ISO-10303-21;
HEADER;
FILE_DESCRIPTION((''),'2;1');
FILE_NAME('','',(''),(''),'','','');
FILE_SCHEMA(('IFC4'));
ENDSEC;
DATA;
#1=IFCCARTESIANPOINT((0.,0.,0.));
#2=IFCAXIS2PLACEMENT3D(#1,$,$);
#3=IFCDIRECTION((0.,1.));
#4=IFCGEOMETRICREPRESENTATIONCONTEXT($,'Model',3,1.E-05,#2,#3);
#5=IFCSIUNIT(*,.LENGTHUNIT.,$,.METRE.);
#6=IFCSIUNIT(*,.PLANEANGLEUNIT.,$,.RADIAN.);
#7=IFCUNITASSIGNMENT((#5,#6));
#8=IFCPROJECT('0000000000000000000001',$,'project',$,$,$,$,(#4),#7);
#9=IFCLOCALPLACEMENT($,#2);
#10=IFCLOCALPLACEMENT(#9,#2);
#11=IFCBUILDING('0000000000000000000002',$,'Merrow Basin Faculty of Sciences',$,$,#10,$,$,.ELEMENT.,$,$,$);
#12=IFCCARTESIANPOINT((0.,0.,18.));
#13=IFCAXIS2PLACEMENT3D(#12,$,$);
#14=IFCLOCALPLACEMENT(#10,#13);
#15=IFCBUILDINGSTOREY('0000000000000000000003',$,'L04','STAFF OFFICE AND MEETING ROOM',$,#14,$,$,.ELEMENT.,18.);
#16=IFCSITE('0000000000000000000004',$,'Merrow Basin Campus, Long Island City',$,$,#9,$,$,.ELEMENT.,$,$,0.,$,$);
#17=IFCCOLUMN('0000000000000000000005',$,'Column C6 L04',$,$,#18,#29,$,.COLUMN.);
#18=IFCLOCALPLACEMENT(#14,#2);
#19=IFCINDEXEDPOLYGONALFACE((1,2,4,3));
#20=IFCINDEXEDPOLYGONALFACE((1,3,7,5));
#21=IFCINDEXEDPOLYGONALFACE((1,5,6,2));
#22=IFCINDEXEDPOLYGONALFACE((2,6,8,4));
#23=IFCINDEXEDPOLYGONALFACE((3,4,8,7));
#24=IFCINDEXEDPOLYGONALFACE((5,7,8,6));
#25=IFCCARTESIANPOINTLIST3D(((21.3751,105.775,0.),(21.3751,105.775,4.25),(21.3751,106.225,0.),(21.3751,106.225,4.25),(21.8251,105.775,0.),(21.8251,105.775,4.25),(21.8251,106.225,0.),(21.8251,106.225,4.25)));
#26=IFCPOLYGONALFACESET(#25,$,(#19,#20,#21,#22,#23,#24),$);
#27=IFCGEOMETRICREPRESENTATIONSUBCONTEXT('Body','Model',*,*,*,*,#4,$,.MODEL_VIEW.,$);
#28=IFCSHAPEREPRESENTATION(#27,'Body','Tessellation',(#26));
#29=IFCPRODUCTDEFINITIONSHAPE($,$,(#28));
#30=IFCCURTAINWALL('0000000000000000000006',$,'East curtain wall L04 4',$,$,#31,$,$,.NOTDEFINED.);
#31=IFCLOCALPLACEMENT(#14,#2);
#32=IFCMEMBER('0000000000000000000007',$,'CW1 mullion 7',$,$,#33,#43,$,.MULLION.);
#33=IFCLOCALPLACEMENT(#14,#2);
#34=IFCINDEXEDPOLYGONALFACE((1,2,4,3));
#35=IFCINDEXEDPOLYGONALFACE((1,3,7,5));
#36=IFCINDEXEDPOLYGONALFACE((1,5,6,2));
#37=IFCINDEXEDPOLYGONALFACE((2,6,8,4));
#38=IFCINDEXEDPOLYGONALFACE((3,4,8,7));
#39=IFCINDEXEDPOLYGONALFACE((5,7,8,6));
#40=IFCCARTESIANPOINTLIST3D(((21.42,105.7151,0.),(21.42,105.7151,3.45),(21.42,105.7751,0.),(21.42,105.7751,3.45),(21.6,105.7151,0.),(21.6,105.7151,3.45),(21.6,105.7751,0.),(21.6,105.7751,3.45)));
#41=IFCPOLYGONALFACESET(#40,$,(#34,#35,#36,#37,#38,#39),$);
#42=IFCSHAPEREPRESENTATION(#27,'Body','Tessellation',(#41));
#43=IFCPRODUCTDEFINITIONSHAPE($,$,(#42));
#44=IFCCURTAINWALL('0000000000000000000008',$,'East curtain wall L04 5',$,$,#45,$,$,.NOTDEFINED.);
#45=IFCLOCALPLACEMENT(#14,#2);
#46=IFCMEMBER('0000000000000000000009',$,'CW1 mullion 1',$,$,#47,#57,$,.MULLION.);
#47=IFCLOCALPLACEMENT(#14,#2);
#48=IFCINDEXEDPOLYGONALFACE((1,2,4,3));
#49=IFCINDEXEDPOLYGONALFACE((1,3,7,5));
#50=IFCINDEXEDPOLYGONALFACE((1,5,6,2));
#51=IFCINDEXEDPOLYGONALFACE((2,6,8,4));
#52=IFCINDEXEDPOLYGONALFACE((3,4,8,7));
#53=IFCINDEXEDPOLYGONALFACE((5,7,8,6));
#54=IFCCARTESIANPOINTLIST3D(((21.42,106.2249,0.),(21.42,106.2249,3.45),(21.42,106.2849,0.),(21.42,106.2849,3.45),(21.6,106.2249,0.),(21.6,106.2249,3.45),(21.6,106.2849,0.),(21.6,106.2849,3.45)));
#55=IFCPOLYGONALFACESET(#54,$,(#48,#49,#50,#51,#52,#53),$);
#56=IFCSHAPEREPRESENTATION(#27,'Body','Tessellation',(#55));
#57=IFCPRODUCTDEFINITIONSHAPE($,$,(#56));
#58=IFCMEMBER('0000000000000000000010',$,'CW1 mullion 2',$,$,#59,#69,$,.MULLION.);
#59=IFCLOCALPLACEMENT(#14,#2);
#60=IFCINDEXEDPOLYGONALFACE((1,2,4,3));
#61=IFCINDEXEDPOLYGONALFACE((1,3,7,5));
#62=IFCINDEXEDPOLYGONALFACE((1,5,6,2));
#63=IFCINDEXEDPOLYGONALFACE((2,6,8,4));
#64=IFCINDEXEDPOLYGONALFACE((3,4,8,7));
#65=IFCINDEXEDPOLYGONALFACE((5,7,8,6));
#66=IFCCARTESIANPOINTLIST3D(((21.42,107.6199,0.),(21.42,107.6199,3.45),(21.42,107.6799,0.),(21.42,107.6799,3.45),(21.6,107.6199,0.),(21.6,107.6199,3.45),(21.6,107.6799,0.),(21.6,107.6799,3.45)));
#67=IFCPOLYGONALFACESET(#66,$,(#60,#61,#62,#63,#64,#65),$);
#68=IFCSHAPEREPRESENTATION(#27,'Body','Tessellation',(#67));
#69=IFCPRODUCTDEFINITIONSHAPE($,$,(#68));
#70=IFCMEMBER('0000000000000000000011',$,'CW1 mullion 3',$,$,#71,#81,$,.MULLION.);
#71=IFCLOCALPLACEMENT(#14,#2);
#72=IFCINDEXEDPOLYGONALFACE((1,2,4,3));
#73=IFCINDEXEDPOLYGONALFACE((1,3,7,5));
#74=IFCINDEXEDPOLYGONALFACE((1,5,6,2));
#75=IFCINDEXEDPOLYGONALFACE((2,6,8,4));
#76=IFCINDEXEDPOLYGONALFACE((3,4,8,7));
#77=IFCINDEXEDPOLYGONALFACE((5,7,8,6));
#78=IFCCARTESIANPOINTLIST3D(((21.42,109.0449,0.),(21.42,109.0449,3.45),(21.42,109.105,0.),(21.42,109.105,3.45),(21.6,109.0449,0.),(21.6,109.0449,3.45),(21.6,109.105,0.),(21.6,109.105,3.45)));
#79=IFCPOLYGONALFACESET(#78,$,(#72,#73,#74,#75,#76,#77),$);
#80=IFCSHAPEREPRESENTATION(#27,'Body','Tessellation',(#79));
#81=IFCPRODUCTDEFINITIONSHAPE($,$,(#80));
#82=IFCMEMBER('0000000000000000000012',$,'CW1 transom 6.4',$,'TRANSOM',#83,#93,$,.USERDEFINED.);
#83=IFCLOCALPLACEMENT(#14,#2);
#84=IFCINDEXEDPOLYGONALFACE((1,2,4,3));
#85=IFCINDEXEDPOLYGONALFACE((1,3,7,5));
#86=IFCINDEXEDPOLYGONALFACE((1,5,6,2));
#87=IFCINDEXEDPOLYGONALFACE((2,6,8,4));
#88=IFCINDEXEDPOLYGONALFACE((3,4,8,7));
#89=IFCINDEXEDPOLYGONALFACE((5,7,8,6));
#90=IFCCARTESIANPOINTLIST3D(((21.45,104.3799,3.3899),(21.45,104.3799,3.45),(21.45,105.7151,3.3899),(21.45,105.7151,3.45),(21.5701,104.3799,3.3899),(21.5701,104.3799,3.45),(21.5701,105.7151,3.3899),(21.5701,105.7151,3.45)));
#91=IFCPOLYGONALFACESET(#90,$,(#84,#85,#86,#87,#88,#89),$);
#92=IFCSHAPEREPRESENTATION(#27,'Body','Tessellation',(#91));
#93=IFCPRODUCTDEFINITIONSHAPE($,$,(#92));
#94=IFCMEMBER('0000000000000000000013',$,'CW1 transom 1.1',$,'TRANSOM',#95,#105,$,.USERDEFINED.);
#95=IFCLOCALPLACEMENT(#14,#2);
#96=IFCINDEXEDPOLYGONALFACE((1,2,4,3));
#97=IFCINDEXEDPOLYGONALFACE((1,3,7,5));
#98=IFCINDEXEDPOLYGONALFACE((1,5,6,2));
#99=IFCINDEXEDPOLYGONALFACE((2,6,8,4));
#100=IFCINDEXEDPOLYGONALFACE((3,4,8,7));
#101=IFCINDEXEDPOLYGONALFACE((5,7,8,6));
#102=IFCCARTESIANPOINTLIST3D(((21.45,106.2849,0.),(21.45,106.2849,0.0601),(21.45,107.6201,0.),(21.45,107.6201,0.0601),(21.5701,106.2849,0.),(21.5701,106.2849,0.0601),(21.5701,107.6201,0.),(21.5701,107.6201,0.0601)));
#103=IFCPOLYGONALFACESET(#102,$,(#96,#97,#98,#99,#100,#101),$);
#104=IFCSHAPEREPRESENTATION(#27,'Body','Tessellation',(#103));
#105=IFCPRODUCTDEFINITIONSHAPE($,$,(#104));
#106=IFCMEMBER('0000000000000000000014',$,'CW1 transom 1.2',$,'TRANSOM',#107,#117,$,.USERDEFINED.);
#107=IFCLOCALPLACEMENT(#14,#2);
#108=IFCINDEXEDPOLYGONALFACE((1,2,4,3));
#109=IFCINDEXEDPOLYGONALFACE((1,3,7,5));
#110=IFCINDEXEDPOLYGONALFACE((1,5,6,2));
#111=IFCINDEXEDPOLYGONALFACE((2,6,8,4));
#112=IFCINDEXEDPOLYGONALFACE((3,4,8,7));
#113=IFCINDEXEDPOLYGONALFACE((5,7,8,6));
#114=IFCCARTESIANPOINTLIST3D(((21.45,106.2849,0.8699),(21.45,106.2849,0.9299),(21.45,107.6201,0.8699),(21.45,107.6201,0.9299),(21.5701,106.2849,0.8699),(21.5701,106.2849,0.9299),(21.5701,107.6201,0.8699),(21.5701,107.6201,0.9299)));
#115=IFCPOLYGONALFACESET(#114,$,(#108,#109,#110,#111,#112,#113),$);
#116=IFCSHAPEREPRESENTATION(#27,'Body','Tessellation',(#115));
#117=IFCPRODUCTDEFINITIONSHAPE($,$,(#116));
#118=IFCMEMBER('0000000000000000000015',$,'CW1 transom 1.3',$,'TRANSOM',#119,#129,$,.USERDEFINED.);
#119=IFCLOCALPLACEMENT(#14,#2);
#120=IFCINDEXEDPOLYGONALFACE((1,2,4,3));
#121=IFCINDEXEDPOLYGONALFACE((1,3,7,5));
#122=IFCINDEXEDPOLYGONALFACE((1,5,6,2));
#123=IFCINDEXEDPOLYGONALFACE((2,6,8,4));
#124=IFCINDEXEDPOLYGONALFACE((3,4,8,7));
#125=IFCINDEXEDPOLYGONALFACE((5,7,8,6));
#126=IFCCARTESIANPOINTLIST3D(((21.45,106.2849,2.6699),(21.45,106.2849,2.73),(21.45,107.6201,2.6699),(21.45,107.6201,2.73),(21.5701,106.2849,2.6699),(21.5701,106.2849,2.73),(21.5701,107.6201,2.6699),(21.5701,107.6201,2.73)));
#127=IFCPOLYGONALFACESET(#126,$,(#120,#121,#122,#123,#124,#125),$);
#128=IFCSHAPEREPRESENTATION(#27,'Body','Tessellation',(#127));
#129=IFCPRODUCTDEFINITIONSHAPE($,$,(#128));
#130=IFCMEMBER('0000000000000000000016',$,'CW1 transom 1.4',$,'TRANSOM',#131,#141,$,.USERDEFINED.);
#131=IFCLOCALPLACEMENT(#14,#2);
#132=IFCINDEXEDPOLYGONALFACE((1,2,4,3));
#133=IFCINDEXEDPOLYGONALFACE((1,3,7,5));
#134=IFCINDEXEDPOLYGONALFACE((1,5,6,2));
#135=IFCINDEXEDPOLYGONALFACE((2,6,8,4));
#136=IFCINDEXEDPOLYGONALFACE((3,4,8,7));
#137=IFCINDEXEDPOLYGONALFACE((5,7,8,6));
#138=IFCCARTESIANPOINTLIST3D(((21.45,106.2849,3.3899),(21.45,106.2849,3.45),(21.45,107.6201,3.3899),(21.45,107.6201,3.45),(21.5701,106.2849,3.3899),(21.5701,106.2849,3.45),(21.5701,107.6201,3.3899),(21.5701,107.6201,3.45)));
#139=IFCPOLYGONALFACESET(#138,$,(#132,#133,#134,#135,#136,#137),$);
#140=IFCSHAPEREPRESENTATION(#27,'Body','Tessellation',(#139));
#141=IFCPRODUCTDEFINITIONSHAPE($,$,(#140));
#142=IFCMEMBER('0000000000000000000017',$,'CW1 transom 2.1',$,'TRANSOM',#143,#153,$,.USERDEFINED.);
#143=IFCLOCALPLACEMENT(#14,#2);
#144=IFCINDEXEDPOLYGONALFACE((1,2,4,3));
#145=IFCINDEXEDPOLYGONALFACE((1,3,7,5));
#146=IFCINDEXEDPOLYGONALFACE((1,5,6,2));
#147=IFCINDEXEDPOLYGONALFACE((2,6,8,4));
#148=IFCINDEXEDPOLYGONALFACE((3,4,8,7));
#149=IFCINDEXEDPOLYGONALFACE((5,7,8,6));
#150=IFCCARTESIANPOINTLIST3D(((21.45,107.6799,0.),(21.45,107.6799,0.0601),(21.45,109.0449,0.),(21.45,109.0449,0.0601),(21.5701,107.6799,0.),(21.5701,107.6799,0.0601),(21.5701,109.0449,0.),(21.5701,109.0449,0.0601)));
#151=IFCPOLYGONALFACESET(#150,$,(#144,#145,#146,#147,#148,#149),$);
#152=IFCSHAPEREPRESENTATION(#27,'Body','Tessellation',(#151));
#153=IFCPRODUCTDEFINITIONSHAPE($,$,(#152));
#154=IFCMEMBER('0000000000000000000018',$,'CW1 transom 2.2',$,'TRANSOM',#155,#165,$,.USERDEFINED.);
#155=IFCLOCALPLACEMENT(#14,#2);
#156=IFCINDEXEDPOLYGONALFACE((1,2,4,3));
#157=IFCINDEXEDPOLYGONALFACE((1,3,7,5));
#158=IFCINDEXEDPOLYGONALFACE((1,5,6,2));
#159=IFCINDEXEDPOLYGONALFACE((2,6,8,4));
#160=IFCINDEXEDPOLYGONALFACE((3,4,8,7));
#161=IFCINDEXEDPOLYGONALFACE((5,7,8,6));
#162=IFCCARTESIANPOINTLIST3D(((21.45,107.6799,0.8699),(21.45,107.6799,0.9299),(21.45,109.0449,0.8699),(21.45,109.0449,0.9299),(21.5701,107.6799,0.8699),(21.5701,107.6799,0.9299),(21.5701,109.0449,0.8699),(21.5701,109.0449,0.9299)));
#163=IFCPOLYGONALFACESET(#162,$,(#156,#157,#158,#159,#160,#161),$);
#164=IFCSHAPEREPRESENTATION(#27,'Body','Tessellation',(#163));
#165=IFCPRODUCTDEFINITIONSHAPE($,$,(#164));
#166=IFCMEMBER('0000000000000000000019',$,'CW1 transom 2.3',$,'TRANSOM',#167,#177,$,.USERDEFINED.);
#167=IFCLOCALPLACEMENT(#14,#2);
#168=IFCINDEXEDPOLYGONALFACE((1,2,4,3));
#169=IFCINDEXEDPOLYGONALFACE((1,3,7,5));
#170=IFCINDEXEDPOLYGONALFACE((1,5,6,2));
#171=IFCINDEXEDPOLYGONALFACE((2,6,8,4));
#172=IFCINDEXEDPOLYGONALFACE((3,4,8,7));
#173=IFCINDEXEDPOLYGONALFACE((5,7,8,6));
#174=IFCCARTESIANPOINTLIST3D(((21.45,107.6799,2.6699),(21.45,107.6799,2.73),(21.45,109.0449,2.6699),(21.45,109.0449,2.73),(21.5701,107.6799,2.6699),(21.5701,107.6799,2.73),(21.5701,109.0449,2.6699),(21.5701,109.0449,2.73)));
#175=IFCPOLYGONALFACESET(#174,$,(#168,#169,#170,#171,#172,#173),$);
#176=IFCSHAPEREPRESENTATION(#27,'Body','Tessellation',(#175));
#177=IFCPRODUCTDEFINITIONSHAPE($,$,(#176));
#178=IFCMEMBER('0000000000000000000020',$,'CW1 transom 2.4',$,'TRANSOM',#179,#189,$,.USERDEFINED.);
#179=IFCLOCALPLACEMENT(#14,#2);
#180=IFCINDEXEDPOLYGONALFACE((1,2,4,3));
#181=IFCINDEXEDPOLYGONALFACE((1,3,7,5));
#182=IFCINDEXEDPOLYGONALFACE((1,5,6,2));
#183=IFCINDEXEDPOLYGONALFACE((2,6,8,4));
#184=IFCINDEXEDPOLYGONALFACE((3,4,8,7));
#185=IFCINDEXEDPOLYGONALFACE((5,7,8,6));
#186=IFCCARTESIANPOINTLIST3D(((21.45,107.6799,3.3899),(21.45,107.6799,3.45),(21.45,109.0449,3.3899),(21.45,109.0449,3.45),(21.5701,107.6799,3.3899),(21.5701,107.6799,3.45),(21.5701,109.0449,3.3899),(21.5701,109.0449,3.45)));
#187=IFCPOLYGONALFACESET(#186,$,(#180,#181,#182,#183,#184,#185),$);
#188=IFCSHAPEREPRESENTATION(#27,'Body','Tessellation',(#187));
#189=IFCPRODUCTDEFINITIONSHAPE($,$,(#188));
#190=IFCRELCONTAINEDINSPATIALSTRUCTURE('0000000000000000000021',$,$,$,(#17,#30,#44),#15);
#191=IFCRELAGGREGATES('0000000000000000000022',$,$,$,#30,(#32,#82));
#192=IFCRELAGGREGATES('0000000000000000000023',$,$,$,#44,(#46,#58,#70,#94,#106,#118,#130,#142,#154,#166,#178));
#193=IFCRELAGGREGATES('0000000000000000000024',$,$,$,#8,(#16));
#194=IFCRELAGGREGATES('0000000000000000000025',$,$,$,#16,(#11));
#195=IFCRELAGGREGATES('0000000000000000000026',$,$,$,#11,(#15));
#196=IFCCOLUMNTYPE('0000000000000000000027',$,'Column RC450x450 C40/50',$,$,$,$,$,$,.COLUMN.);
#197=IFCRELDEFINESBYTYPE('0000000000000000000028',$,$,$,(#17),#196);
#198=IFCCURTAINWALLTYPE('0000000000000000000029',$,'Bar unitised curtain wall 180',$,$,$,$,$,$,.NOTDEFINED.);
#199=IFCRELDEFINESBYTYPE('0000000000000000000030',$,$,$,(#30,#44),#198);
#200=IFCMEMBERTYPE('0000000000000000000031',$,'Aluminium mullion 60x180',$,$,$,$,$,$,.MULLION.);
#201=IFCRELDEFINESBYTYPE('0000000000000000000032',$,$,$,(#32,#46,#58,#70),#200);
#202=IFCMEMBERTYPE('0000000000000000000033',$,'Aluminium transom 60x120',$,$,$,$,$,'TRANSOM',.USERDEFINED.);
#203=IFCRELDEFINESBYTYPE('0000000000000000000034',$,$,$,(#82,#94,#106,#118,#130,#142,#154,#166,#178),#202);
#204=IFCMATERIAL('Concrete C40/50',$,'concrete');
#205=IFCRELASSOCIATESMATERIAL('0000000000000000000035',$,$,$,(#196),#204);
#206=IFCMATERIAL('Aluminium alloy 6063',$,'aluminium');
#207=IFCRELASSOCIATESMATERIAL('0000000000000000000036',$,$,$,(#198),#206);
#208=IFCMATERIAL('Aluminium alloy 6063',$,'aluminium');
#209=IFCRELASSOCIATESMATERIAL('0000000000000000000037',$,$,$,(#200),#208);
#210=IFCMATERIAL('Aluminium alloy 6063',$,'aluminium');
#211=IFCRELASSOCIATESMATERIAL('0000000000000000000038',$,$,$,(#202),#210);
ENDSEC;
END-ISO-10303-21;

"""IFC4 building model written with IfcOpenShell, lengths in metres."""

from ifc_helpers import new_model, si_unit, direction, frame, origin, origin_2d, place, context, subcontext, project, spatial, rectangle, extrude, material, material_profile, profile_set, type_object, element, aggregate, save


model = new_model("IFC4")

# Units and contexts
model_context = context("Model", 3, precision=1e-05, world=origin(), true_north=direction((0.0, 1.0)))
body_context = subcontext(model_context, "Body", "Model", "MODEL_VIEW")
ifc_project = project(units=[si_unit("LENGTHUNIT", "METRE"), si_unit("PLANEANGLEUNIT", "RADIAN")], contexts=[model_context])

# Site, building, storey
site_placement = place(None, origin())
site = spatial("IfcSite", under=ifc_project, at=site_placement, Name="Merrow Basin Campus, Long Island City", CompositionType="ELEMENT", RefElevation=0.0)
building_placement = place(site_placement, origin())
building = spatial("IfcBuilding", under=site, at=building_placement, Name="Merrow Basin Faculty of Sciences", CompositionType="ELEMENT")
storey_placement = place(building_placement, frame((0.0, 0.0, 18.0)))
storey = spatial("IfcBuildingStorey", under=building, at=storey_placement, Name="L04", Description="STAFF OFFICE AND MEETING ROOM", CompositionType="ELEMENT", Elevation=18.0)

# Column
ifc_material_1 = material(Name="Concrete C40/50", Category="concrete")
ifc_material_profile_1 = material_profile(ifc_material_1, rectangle(XDim=0.45, YDim=0.45, at=origin_2d()))
ifc_profile_set_1 = profile_set([ifc_material_profile_1], Name="Concrete C40/50")
column_type = type_object("IfcColumnType", Name="Column RC450x450 C40/50", PredefinedType="COLUMN", material=ifc_profile_set_1)
column_placement = place(storey_placement, frame((21.6001, 106.0, 0.0), z_axis=(0.0, 0.0, 1.0), x_axis=(1.0, 0.0, 0.0)))
element("IfcColumn", 1, at=column_placement, inside=storey, type_object=column_type, Name="Column C6 L04", PredefinedType="COLUMN", context=body_context, shape_type="SweptSolid", body=[
    extrude(rectangle(XDim=0.45, YDim=0.45, at=origin_2d()), origin(), (0.0, 0.0, 1.0), 4.25),
])

# Curtain wall, member
ifc_material_2 = material(Name="Aluminium alloy 6063", Category="aluminium")
curtain_wall_type = type_object("IfcCurtainWallType", Name="Bar unitised curtain wall 180", PredefinedType="NOTDEFINED", material=ifc_material_2)
curtain_wall_1_placement = place(storey_placement, origin())
curtain_wall_1 = element("IfcCurtainWall", 2, at=curtain_wall_1_placement, inside=storey, type_object=curtain_wall_type, Name="East curtain wall L04 4", PredefinedType="NOTDEFINED")
ifc_material_3 = material(Name="Aluminium alloy 6063", Category="aluminium")
ifc_material_profile_2 = material_profile(ifc_material_3, rectangle(XDim=0.1799, YDim=0.0601, at=origin_2d()))
ifc_profile_set_2 = profile_set([ifc_material_profile_2], Name="Aluminium alloy 6063")
member_type_1 = type_object("IfcMemberType", Name="Aluminium mullion 60x180", PredefinedType="MULLION", material=ifc_profile_set_2)
member_1_placement = place(storey_placement, frame((21.51, 105.7451, 0.0), z_axis=(0.0, 0.0, 1.0), x_axis=(-1.0, 0.0, 0.0)))
member_1 = element("IfcMember", 3, at=member_1_placement, type_object=member_type_1, Name="CW1 mullion 7", PredefinedType="MULLION", context=body_context, shape_type="SweptSolid", body=[
    extrude(rectangle(XDim=0.1799, YDim=0.0601, at=origin_2d()), origin(), (0.0, 0.0, 1.0), 3.45),
])

# Curtain wall, members
curtain_wall_2_placement = place(storey_placement, origin())
curtain_wall_2 = element("IfcCurtainWall", 4, at=curtain_wall_2_placement, inside=storey, type_object=curtain_wall_type, Name="East curtain wall L04 5", PredefinedType="NOTDEFINED")
member_2_placement = place(storey_placement, frame((21.51, 106.2549, 0.0), z_axis=(0.0, 0.0, 1.0), x_axis=(-1.0, 0.0, 0.0)))
member_2 = element("IfcMember", 5, at=member_2_placement, type_object=member_type_1, Name="CW1 mullion 1", PredefinedType="MULLION", context=body_context, shape_type="SweptSolid", body=[
    extrude(rectangle(XDim=0.1799, YDim=0.0601, at=origin_2d()), origin(), (0.0, 0.0, 1.0), 3.45),
])
member_3_placement = place(storey_placement, frame((21.51, 107.6499, 0.0), z_axis=(0.0, 0.0, 1.0), x_axis=(-1.0, 0.0, 0.0)))
member_3 = element("IfcMember", 6, at=member_3_placement, type_object=member_type_1, Name="CW1 mullion 2", PredefinedType="MULLION", context=body_context, shape_type="SweptSolid", body=[
    extrude(rectangle(XDim=0.1799, YDim=0.0601, at=origin_2d()), origin(), (0.0, 0.0, 1.0), 3.45),
])
member_4_placement = place(storey_placement, frame((21.51, 109.075, 0.0), z_axis=(0.0, 0.0, 1.0), x_axis=(-1.0, 0.0, 0.0)))
member_4 = element("IfcMember", 7, at=member_4_placement, type_object=member_type_1, Name="CW1 mullion 3", PredefinedType="MULLION", context=body_context, shape_type="SweptSolid", body=[
    extrude(rectangle(XDim=0.1799, YDim=0.0601, at=origin_2d()), origin(), (0.0, 0.0, 1.0), 3.45),
])

# Members
ifc_material_4 = material(Name="Aluminium alloy 6063", Category="aluminium")
ifc_material_profile_3 = material_profile(ifc_material_4, rectangle(XDim=0.1201, YDim=0.0601, at=origin_2d()))
ifc_profile_set_3 = profile_set([ifc_material_profile_3], Name="Aluminium alloy 6063")
member_type_2 = type_object("IfcMemberType", Name="Aluminium transom 60x120", ElementType="TRANSOM", PredefinedType="USERDEFINED", material=ifc_profile_set_3)
member_5_placement = place(storey_placement, frame((21.51, 104.3799, 3.4199), z_axis=(0.0, 1.0, 0.0), x_axis=(-1.0, 0.0, 0.0)))
member_5 = element("IfcMember", 8, at=member_5_placement, type_object=member_type_2, Name="CW1 transom 6.4", ObjectType="TRANSOM", PredefinedType="USERDEFINED", context=body_context, shape_type="SweptSolid", body=[
    extrude(rectangle(XDim=0.1201, YDim=0.0601, at=origin_2d()), origin(), (0.0, 0.0, 1.0), 1.3352),
])
member_6_placement = place(storey_placement, frame((21.51, 106.2849, 0.03), z_axis=(0.0, 1.0, 0.0), x_axis=(-1.0, 0.0, 0.0)))
member_6 = element("IfcMember", 9, at=member_6_placement, type_object=member_type_2, Name="CW1 transom 1.1", ObjectType="TRANSOM", PredefinedType="USERDEFINED", context=body_context, shape_type="SweptSolid", body=[
    extrude(rectangle(XDim=0.1201, YDim=0.0601, at=origin_2d()), origin(), (0.0, 0.0, 1.0), 1.3352),
])
member_7_placement = place(storey_placement, frame((21.51, 106.2849, 0.8999), z_axis=(0.0, 1.0, 0.0), x_axis=(-1.0, 0.0, 0.0)))
member_7 = element("IfcMember", 10, at=member_7_placement, type_object=member_type_2, Name="CW1 transom 1.2", ObjectType="TRANSOM", PredefinedType="USERDEFINED", context=body_context, shape_type="SweptSolid", body=[
    extrude(rectangle(XDim=0.1201, YDim=0.0601, at=origin_2d()), origin(), (0.0, 0.0, 1.0), 1.3352),
])
member_8_placement = place(storey_placement, frame((21.51, 106.2849, 2.7), z_axis=(0.0, 1.0, 0.0), x_axis=(-1.0, 0.0, 0.0)))
member_8 = element("IfcMember", 11, at=member_8_placement, type_object=member_type_2, Name="CW1 transom 1.3", ObjectType="TRANSOM", PredefinedType="USERDEFINED", context=body_context, shape_type="SweptSolid", body=[
    extrude(rectangle(XDim=0.1201, YDim=0.0601, at=origin_2d()), origin(), (0.0, 0.0, 1.0), 1.3352),
])
member_9_placement = place(storey_placement, frame((21.51, 106.2849, 3.4199), z_axis=(0.0, 1.0, 0.0), x_axis=(-1.0, 0.0, 0.0)))
member_9 = element("IfcMember", 12, at=member_9_placement, type_object=member_type_2, Name="CW1 transom 1.4", ObjectType="TRANSOM", PredefinedType="USERDEFINED", context=body_context, shape_type="SweptSolid", body=[
    extrude(rectangle(XDim=0.1201, YDim=0.0601, at=origin_2d()), origin(), (0.0, 0.0, 1.0), 1.3352),
])
member_10_placement = place(storey_placement, frame((21.51, 107.6799, 0.03), z_axis=(0.0, 1.0, 0.0), x_axis=(-1.0, 0.0, 0.0)))
member_10 = element("IfcMember", 13, at=member_10_placement, type_object=member_type_2, Name="CW1 transom 2.1", ObjectType="TRANSOM", PredefinedType="USERDEFINED", context=body_context, shape_type="SweptSolid", body=[
    extrude(rectangle(XDim=0.1201, YDim=0.0601, at=origin_2d()), origin(), (0.0, 0.0, 1.0), 1.365),
])
member_11_placement = place(storey_placement, frame((21.51, 107.6799, 0.8999), z_axis=(0.0, 1.0, 0.0), x_axis=(-1.0, 0.0, 0.0)))
member_11 = element("IfcMember", 14, at=member_11_placement, type_object=member_type_2, Name="CW1 transom 2.2", ObjectType="TRANSOM", PredefinedType="USERDEFINED", context=body_context, shape_type="SweptSolid", body=[
    extrude(rectangle(XDim=0.1201, YDim=0.0601, at=origin_2d()), origin(), (0.0, 0.0, 1.0), 1.365),
])
member_12_placement = place(storey_placement, frame((21.51, 107.6799, 2.7), z_axis=(0.0, 1.0, 0.0), x_axis=(-1.0, 0.0, 0.0)))
member_12 = element("IfcMember", 15, at=member_12_placement, type_object=member_type_2, Name="CW1 transom 2.3", ObjectType="TRANSOM", PredefinedType="USERDEFINED", context=body_context, shape_type="SweptSolid", body=[
    extrude(rectangle(XDim=0.1201, YDim=0.0601, at=origin_2d()), origin(), (0.0, 0.0, 1.0), 1.365),
])
member_13_placement = place(storey_placement, frame((21.51, 107.6799, 3.4199), z_axis=(0.0, 1.0, 0.0), x_axis=(-1.0, 0.0, 0.0)))
member_13 = element("IfcMember", 16, at=member_13_placement, type_object=member_type_2, Name="CW1 transom 2.4", ObjectType="TRANSOM", PredefinedType="USERDEFINED", context=body_context, shape_type="SweptSolid", body=[
    extrude(rectangle(XDim=0.1201, YDim=0.0601, at=origin_2d()), origin(), (0.0, 0.0, 1.0), 1.365),
])

aggregate(curtain_wall_1, [member_1, member_5])
aggregate(curtain_wall_2, [member_2, member_3, member_4, member_6, member_7, member_8, member_9, member_10, member_11, member_12, member_13])

save(model, "model.ifc")
